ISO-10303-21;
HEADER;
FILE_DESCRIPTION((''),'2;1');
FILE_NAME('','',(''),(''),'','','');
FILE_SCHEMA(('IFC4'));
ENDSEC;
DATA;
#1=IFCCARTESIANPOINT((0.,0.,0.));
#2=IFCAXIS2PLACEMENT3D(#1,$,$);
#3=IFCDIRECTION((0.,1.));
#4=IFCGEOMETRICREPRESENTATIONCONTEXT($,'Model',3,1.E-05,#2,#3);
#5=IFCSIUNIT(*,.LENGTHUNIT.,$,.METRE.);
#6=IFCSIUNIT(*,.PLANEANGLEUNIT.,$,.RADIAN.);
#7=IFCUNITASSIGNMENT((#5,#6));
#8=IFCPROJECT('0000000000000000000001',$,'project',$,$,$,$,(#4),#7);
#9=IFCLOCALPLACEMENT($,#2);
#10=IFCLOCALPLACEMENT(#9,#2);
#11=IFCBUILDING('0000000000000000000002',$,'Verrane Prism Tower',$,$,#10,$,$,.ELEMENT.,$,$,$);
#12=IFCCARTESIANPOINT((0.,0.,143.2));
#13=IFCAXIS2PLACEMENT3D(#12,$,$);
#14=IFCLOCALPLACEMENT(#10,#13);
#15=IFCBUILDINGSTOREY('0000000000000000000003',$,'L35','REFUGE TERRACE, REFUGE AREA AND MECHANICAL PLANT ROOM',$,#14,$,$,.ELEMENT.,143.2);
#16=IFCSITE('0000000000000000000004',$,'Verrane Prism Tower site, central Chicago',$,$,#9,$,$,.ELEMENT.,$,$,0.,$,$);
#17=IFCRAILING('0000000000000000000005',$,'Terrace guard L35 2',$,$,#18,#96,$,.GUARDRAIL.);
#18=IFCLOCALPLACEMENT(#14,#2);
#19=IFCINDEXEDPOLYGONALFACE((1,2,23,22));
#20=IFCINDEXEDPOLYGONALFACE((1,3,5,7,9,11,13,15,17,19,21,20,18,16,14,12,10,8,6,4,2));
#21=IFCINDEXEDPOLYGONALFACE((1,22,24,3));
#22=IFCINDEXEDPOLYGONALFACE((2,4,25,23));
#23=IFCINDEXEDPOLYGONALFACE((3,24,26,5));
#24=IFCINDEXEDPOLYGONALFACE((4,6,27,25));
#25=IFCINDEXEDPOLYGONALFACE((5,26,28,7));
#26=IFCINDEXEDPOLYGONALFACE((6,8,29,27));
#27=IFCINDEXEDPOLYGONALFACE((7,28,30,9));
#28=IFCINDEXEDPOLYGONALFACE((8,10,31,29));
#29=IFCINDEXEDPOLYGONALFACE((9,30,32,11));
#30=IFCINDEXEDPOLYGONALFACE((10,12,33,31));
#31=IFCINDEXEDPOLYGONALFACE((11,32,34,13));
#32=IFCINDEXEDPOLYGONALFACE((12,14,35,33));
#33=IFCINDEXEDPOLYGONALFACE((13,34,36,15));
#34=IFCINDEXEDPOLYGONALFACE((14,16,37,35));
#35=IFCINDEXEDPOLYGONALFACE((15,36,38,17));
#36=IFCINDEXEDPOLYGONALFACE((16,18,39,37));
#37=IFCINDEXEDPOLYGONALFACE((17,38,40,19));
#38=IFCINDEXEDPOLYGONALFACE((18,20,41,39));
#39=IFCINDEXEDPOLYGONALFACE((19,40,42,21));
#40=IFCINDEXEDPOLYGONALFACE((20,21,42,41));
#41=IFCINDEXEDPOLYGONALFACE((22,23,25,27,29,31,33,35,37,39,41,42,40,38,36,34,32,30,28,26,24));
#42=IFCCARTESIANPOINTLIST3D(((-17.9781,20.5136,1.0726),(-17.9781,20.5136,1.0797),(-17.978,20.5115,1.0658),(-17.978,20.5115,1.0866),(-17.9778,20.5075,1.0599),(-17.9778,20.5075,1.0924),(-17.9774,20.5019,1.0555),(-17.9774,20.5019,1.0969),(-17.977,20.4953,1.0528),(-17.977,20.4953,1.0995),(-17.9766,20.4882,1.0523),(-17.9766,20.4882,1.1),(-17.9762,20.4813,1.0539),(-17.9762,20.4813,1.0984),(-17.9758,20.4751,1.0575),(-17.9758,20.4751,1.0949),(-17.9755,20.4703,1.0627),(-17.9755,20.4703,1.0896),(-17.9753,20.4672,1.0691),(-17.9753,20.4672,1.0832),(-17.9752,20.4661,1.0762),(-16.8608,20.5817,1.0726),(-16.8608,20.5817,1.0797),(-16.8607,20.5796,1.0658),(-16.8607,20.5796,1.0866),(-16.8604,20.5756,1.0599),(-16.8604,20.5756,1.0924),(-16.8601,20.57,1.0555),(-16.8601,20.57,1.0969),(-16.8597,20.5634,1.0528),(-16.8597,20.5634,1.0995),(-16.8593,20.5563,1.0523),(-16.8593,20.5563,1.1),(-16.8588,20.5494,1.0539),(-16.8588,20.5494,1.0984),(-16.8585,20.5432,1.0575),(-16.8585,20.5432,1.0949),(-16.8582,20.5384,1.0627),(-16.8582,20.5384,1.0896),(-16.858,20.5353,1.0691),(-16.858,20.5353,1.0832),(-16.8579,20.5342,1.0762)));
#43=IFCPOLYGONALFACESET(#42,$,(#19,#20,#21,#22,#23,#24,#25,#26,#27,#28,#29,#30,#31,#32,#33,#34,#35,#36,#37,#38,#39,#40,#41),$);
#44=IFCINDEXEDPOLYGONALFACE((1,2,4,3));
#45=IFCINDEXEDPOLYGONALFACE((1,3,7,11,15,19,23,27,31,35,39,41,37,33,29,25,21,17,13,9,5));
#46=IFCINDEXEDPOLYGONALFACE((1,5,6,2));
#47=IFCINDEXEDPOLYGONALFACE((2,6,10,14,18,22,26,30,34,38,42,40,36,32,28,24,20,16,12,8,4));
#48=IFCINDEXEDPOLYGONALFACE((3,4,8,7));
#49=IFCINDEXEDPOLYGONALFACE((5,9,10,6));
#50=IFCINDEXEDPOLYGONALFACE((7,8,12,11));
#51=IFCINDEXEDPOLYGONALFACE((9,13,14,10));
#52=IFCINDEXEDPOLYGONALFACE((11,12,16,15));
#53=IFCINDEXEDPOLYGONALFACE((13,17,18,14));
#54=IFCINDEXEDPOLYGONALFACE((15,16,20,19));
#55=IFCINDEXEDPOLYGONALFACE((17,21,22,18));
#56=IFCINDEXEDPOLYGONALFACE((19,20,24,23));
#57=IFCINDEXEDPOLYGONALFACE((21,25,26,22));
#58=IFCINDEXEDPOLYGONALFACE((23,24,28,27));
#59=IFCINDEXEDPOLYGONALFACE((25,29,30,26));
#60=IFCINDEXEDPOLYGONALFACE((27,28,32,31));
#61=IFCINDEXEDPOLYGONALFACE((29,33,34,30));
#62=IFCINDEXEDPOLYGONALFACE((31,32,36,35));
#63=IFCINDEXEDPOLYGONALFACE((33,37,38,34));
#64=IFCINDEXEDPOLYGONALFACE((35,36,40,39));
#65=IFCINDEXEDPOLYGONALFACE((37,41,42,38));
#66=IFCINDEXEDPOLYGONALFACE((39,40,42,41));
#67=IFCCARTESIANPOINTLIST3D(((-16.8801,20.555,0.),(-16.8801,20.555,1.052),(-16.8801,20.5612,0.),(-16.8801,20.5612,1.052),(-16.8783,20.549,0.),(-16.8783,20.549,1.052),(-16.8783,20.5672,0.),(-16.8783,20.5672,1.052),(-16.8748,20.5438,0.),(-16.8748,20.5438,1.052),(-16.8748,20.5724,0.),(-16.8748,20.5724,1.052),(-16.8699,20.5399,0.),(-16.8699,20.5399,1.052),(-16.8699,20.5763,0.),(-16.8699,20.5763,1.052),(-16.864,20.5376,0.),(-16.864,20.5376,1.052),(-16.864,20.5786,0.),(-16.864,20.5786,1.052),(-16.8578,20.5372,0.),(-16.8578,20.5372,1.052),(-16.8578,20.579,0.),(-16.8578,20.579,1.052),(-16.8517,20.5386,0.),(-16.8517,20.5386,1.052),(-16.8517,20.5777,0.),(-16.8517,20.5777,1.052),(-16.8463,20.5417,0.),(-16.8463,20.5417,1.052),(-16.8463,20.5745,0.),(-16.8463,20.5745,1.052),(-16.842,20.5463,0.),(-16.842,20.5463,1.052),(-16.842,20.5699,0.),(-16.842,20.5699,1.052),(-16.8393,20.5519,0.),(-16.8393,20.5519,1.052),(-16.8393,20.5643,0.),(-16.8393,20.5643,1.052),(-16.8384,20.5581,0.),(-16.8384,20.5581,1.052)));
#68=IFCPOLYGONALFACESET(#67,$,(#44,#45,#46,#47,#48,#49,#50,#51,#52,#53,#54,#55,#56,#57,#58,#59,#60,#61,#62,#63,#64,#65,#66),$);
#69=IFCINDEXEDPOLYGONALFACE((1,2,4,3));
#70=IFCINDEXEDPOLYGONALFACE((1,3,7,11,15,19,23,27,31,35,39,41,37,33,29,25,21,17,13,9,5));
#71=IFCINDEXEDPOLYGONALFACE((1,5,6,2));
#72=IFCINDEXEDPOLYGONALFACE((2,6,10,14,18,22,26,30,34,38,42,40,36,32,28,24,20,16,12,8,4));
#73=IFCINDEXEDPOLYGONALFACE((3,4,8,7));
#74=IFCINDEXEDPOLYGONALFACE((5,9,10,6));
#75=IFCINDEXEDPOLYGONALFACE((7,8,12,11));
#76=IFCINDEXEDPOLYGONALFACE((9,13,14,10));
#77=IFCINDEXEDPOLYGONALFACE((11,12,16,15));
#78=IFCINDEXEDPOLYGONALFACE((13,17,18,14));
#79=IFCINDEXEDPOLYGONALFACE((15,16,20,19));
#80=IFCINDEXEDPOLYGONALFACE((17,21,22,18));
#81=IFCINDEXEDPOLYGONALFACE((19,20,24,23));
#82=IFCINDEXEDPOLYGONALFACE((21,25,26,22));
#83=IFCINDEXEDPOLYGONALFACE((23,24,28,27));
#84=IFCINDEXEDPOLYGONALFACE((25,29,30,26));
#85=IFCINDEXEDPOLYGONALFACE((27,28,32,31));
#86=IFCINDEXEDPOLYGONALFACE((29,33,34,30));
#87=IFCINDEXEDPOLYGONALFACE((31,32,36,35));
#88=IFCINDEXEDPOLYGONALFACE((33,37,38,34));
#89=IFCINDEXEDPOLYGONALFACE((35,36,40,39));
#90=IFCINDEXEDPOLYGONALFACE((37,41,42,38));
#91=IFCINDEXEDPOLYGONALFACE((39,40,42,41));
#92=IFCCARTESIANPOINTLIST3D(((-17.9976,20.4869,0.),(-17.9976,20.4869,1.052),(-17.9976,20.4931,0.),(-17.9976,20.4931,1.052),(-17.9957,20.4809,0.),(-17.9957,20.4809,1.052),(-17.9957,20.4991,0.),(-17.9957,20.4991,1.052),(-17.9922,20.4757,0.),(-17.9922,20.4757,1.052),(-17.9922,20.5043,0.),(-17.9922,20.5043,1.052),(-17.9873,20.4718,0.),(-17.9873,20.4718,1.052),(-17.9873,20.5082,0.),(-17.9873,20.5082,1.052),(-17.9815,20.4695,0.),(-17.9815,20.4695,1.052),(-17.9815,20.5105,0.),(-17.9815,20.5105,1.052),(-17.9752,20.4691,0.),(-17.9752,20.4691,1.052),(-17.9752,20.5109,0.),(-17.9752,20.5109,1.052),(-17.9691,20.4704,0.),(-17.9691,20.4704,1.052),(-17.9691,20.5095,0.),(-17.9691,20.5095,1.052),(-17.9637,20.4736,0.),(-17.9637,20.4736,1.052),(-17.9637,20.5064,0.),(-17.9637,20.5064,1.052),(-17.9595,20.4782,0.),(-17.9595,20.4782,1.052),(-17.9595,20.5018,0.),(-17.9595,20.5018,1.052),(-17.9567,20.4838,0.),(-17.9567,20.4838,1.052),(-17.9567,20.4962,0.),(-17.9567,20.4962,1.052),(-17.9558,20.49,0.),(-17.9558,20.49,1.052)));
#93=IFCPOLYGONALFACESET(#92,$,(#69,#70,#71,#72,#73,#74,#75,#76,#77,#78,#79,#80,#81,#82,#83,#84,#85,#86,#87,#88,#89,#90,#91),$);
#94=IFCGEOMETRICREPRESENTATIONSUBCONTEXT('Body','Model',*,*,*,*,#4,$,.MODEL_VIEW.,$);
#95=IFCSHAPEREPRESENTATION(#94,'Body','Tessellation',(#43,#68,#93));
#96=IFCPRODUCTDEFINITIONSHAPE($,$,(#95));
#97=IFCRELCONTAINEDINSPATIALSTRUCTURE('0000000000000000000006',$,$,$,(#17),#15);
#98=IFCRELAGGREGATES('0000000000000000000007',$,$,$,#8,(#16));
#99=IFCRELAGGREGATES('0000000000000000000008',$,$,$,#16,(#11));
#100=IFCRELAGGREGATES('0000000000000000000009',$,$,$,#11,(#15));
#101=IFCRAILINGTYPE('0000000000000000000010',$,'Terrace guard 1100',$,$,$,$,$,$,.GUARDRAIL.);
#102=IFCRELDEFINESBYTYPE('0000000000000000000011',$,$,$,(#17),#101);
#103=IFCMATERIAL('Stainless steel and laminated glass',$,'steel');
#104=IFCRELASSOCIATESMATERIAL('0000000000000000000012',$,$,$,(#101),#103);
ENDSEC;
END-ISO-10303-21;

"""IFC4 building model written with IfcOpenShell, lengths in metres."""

from ifc_helpers import new_model, si_unit, direction, frame, origin, origin_2d, place, context, subcontext, project, spatial, circle, extrude, material, type_object, element, save


model = new_model("IFC4")

# Units and contexts
model_context = context("Model", 3, precision=1e-05, world=origin(), true_north=direction((0.0, 1.0)))
body_context = subcontext(model_context, "Body", "Model", "MODEL_VIEW")
ifc_project = project(units=[si_unit("LENGTHUNIT", "METRE"), si_unit("PLANEANGLEUNIT", "RADIAN")], contexts=[model_context])

# Site, building, storey
site_placement = place(None, origin())
site = spatial("IfcSite", under=ifc_project, at=site_placement, Name="Verrane Prism Tower site, central Chicago", CompositionType="ELEMENT", RefElevation=0.0)
building_placement = place(site_placement, origin())
building = spatial("IfcBuilding", under=site, at=building_placement, Name="Verrane Prism Tower", CompositionType="ELEMENT")
storey_placement = place(building_placement, frame((0.0, 0.0, 143.2)))
storey = spatial("IfcBuildingStorey", under=building, at=storey_placement, Name="L35", Description="REFUGE TERRACE, REFUGE AREA AND MECHANICAL PLANT ROOM", CompositionType="ELEMENT", Elevation=143.2)

# Railing
ifc_material_1 = material(Name="Stainless steel and laminated glass", Category="steel")
railing_type = type_object("IfcRailingType", Name="Terrace guard 1100", PredefinedType="GUARDRAIL", material=ifc_material_1)
railing_placement = place(storey_placement, frame((-16.8594, 20.5581, 0.0)))
element("IfcRailing", 1, at=railing_placement, inside=storey, type_object=railing_type, Name="Terrace guard L35 2", PredefinedType="GUARDRAIL", context=body_context, shape_type="SweptSolid", body=[
    extrude(circle(Radius=0.0239, at=origin_2d()), frame((0.0, 0.0, 1.0762), z_axis=(-0.998147, -0.060844, 0.0), x_axis=(0.060844, -0.998147, 0.0)), (0.0, 0.0, 1.0), 1.1194),
    extrude(circle(Radius=0.021, at=origin_2d()), origin(), (0.0, 0.0, 1.0), 1.052),
    extrude(circle(Radius=0.021, at=origin_2d()), frame((-1.1174, -0.0681, 0.0)), (0.0, 0.0, 1.0), 1.052),
])

save(model, "model.ifc")
